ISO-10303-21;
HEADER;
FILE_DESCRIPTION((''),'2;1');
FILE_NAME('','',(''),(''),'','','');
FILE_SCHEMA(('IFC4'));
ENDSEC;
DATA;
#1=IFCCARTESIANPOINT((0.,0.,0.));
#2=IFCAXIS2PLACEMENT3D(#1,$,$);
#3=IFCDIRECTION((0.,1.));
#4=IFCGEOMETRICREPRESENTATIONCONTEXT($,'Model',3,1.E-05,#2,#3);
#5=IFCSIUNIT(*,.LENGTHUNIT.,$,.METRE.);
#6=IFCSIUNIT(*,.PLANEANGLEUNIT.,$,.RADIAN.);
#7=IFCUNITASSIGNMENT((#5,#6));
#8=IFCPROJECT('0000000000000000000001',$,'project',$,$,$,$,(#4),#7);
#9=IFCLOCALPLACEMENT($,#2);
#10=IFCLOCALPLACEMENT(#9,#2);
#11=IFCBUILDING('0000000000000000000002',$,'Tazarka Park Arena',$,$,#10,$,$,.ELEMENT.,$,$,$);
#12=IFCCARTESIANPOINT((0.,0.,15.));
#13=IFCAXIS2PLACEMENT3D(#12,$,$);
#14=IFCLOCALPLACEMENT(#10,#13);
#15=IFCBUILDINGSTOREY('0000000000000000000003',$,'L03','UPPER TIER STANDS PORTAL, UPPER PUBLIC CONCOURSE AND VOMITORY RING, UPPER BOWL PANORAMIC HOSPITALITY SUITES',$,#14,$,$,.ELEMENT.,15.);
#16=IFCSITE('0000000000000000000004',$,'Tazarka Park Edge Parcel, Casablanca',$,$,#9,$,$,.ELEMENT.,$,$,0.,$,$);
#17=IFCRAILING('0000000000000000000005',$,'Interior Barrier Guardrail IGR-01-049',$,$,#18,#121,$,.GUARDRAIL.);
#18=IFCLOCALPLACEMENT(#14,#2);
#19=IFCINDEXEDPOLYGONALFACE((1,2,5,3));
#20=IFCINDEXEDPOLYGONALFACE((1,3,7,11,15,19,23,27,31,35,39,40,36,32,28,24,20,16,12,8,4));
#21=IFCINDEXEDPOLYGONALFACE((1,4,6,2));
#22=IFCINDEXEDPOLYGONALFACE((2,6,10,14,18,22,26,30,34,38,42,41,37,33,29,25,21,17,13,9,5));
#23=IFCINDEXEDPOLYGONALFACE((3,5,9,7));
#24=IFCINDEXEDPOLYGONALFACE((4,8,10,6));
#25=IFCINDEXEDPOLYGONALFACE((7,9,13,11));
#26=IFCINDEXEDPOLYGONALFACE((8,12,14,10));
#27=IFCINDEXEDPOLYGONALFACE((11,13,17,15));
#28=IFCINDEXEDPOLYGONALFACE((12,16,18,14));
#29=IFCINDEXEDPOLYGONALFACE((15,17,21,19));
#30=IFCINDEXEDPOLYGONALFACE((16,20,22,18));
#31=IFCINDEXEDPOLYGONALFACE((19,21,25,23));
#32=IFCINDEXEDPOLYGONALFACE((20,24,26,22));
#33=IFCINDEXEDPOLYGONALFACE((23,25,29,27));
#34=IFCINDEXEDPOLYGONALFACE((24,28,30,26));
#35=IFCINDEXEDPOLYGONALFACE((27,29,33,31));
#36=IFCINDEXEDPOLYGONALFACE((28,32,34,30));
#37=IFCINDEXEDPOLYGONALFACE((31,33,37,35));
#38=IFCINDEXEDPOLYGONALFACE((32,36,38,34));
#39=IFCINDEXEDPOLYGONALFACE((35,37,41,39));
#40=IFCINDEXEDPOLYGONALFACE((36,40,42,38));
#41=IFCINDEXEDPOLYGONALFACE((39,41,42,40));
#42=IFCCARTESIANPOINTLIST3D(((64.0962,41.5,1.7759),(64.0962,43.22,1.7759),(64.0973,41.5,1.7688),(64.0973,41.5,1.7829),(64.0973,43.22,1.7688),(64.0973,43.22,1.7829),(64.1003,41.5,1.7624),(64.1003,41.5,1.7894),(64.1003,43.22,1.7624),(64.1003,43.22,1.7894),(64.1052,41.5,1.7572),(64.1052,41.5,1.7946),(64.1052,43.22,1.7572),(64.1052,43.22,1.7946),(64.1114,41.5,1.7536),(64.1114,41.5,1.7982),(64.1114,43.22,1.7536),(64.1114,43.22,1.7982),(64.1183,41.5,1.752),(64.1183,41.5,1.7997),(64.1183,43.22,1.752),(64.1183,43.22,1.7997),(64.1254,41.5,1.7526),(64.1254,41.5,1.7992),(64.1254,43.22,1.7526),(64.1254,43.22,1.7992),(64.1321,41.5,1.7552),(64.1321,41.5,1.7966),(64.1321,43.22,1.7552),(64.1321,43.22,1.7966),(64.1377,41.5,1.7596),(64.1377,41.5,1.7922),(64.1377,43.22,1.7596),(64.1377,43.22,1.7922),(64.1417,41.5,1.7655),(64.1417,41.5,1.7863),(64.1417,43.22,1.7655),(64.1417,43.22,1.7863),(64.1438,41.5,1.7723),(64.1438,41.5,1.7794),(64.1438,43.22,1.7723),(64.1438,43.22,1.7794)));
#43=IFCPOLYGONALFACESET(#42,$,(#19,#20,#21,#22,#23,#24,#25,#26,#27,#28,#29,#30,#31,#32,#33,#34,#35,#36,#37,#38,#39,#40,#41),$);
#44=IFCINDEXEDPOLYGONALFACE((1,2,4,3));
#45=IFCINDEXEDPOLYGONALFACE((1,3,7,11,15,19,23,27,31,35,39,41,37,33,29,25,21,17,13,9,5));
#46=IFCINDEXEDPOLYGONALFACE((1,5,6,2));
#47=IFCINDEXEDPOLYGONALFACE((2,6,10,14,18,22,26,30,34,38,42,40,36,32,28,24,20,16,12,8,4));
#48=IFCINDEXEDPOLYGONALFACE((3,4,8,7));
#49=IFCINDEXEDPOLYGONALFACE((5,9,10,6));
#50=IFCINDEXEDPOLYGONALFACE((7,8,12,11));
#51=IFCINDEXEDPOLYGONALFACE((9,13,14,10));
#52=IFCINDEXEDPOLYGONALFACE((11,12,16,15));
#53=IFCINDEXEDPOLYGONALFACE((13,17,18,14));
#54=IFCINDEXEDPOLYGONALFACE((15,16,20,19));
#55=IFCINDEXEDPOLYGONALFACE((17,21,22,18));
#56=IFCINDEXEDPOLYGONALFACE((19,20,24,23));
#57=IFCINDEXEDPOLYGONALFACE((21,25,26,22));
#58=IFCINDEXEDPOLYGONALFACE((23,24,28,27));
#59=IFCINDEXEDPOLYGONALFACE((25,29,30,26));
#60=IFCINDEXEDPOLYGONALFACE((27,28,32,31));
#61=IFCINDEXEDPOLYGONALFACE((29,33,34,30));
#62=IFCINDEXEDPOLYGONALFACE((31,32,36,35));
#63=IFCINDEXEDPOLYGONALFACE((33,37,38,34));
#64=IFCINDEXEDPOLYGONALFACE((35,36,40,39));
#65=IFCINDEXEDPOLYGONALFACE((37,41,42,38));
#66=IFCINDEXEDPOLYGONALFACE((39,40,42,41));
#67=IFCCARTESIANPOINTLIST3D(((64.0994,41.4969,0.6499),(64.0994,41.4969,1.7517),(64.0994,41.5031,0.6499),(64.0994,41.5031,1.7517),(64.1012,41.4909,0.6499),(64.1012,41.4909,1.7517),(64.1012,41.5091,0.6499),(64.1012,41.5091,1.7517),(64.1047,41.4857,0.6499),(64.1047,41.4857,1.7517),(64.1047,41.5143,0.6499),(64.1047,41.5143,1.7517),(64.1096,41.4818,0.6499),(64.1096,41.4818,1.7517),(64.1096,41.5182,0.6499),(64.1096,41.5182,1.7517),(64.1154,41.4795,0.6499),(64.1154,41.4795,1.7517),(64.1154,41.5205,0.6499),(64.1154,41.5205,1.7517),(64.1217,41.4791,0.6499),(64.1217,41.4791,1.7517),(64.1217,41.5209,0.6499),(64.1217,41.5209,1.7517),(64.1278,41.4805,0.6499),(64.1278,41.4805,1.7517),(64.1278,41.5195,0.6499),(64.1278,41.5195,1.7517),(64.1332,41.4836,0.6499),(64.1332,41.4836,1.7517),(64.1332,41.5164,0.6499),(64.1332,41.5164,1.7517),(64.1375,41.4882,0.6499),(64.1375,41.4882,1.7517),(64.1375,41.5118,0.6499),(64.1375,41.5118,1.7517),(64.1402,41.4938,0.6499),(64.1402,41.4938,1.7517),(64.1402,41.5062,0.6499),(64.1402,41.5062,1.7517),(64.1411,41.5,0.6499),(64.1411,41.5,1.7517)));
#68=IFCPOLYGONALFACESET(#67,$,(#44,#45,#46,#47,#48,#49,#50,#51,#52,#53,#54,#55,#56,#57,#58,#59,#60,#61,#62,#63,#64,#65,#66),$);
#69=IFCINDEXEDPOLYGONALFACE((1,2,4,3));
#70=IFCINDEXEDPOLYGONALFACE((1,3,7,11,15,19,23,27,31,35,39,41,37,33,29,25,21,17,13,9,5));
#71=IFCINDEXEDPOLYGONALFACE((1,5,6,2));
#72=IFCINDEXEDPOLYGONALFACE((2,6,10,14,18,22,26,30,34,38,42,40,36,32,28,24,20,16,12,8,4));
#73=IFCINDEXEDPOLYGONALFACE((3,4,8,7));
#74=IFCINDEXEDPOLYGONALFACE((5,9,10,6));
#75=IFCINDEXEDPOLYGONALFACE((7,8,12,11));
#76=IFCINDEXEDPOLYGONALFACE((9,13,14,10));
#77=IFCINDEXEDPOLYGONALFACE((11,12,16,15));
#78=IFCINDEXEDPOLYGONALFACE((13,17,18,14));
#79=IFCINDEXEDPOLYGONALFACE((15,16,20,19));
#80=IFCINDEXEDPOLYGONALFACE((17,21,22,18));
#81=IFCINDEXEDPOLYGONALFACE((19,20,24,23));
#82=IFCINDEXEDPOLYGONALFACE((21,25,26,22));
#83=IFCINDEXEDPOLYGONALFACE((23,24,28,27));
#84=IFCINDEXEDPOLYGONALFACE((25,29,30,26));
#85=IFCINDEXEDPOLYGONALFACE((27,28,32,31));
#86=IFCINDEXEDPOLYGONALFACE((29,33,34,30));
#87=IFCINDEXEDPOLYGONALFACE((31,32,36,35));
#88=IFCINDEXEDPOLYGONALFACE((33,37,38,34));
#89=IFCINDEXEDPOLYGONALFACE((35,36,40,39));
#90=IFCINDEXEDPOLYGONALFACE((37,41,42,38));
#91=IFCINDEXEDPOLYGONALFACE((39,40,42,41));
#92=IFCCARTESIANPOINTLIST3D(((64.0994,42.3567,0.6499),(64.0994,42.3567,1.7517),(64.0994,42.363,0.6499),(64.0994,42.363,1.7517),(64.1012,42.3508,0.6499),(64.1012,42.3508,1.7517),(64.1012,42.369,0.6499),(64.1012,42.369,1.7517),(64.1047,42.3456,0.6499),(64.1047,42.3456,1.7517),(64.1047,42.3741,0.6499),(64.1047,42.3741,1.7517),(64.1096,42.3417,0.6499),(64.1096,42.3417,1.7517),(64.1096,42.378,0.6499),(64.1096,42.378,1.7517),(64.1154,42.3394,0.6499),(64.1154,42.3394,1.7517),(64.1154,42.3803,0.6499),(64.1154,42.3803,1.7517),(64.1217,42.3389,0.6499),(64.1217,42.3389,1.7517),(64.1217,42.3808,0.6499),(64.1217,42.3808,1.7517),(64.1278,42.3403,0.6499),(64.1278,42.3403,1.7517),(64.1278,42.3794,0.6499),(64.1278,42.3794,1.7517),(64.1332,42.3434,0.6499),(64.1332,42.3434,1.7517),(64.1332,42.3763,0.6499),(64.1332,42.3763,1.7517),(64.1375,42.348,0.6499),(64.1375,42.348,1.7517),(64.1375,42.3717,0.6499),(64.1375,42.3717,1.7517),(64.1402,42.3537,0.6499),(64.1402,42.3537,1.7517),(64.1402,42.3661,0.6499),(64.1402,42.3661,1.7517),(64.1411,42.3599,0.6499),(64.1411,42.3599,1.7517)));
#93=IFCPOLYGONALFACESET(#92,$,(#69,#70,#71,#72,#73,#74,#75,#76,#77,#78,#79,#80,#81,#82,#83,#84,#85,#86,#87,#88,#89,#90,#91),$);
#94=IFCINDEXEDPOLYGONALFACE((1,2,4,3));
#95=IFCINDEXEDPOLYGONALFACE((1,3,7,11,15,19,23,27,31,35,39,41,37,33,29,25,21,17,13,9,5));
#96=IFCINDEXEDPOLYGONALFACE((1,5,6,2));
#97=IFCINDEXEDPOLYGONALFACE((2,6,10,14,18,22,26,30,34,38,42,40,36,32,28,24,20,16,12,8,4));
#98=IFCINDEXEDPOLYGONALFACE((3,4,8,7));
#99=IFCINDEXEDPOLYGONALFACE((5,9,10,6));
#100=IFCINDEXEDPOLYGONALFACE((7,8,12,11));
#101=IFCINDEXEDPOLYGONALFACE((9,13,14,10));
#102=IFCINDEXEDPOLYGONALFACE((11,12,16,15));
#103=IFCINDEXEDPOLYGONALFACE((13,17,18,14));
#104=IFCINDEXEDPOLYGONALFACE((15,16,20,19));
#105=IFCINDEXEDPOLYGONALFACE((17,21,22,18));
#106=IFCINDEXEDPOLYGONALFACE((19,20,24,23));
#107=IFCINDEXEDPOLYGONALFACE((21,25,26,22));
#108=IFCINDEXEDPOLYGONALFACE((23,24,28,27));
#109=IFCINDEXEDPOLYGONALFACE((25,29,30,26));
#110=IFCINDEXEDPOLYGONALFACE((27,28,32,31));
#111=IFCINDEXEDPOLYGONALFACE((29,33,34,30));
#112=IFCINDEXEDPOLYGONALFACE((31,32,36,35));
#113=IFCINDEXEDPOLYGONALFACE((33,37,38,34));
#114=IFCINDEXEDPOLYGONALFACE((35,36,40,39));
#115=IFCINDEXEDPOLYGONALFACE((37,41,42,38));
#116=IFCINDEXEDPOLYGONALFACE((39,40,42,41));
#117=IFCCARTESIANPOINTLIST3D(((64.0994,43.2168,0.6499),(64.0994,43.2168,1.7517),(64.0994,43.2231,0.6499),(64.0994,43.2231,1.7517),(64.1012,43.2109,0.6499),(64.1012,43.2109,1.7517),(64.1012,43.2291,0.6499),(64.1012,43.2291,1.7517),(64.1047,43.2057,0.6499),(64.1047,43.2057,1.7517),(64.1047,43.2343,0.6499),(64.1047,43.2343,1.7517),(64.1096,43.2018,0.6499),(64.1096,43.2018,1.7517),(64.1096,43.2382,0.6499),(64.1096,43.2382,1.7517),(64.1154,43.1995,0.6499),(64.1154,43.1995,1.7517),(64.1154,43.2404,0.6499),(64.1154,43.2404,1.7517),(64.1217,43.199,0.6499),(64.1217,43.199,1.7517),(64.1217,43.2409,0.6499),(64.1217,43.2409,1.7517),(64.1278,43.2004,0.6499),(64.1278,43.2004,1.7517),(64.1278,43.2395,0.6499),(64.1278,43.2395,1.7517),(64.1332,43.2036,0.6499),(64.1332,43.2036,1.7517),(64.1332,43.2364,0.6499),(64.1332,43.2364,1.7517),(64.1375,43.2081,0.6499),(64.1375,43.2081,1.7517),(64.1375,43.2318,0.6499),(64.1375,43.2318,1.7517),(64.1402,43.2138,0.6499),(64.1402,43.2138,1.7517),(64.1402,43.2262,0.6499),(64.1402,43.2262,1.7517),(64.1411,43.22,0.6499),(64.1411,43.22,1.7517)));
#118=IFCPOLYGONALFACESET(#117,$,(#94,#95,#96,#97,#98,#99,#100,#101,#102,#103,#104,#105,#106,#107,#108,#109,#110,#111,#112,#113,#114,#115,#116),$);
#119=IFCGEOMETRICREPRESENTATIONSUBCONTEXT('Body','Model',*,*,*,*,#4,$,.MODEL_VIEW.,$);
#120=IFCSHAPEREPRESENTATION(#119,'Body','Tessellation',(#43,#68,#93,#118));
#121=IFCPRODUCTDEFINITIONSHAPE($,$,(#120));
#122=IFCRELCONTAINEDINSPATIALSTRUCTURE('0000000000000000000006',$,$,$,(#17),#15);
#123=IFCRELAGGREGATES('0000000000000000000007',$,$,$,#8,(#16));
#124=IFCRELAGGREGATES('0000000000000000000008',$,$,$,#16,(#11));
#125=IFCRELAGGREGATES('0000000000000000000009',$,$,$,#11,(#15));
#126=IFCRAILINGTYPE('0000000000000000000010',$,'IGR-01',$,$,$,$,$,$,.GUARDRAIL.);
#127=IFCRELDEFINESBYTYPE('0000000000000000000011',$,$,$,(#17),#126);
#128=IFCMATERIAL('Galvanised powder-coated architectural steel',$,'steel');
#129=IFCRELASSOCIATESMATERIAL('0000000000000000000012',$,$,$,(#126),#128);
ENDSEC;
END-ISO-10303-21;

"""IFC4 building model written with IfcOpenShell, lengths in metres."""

from ifc_helpers import new_model, si_unit, direction, frame, origin, origin_2d, place, context, subcontext, project, spatial, circle, extrude, material, type_object, element, save


model = new_model("IFC4")

# Units and contexts
model_context = context("Model", 3, precision=1e-05, world=origin(), true_north=direction((0.0, 1.0)))
body_context = subcontext(model_context, "Body", "Model", "MODEL_VIEW")
ifc_project = project(units=[si_unit("LENGTHUNIT", "METRE"), si_unit("PLANEANGLEUNIT", "RADIAN")], contexts=[model_context])

# Site, building, storey
site_placement = place(None, origin())
site = spatial("IfcSite", under=ifc_project, at=site_placement, Name="Tazarka Park Edge Parcel, Casablanca", CompositionType="ELEMENT", RefElevation=0.0)
building_placement = place(site_placement, origin())
building = spatial("IfcBuilding", under=site, at=building_placement, Name="Tazarka Park Arena", CompositionType="ELEMENT")
storey_placement = place(building_placement, frame((0.0, 0.0, 15.0)))
storey = spatial("IfcBuildingStorey", under=building, at=storey_placement, Name="L03", Description="UPPER TIER STANDS PORTAL, UPPER PUBLIC CONCOURSE AND VOMITORY RING, UPPER BOWL PANORAMIC HOSPITALITY SUITES", CompositionType="ELEMENT", Elevation=15.0)

# Railing
ifc_material_1 = material(Name="Galvanised powder-coated architectural steel", Category="steel")
railing_type_1 = type_object("IfcRailingType", Name="IGR-01", PredefinedType="GUARDRAIL", material=ifc_material_1)
railing_1_placement = place(storey_placement, frame((64.1201, 41.5, 0.6499)))
element("IfcRailing", 1, at=railing_1_placement, inside=storey, type_object=railing_type_1, Name="Interior Barrier Guardrail IGR-01-049", PredefinedType="GUARDRAIL", context=body_context, shape_type="SweptSolid", body=[
    extrude(circle(Radius=0.0239, at=origin_2d()), frame((0.0, 0.0, 1.126), z_axis=(0.0, 1.0, 0.0), x_axis=(-1.0, 0.0, 0.0)), (0.0, 0.0, 1.0), 1.72),
    extrude(circle(Radius=0.021, at=origin_2d()), origin(), (0.0, 0.0, 1.0), 1.1018),
    extrude(circle(Radius=0.021, at=origin_2d()), frame((0.0, 0.8599, 0.0)), (0.0, 0.0, 1.0), 1.1018),
    extrude(circle(Radius=0.021, at=origin_2d()), frame((0.0, 1.72, 0.0)), (0.0, 0.0, 1.0), 1.1018),
])

save(model, "model.ifc")
